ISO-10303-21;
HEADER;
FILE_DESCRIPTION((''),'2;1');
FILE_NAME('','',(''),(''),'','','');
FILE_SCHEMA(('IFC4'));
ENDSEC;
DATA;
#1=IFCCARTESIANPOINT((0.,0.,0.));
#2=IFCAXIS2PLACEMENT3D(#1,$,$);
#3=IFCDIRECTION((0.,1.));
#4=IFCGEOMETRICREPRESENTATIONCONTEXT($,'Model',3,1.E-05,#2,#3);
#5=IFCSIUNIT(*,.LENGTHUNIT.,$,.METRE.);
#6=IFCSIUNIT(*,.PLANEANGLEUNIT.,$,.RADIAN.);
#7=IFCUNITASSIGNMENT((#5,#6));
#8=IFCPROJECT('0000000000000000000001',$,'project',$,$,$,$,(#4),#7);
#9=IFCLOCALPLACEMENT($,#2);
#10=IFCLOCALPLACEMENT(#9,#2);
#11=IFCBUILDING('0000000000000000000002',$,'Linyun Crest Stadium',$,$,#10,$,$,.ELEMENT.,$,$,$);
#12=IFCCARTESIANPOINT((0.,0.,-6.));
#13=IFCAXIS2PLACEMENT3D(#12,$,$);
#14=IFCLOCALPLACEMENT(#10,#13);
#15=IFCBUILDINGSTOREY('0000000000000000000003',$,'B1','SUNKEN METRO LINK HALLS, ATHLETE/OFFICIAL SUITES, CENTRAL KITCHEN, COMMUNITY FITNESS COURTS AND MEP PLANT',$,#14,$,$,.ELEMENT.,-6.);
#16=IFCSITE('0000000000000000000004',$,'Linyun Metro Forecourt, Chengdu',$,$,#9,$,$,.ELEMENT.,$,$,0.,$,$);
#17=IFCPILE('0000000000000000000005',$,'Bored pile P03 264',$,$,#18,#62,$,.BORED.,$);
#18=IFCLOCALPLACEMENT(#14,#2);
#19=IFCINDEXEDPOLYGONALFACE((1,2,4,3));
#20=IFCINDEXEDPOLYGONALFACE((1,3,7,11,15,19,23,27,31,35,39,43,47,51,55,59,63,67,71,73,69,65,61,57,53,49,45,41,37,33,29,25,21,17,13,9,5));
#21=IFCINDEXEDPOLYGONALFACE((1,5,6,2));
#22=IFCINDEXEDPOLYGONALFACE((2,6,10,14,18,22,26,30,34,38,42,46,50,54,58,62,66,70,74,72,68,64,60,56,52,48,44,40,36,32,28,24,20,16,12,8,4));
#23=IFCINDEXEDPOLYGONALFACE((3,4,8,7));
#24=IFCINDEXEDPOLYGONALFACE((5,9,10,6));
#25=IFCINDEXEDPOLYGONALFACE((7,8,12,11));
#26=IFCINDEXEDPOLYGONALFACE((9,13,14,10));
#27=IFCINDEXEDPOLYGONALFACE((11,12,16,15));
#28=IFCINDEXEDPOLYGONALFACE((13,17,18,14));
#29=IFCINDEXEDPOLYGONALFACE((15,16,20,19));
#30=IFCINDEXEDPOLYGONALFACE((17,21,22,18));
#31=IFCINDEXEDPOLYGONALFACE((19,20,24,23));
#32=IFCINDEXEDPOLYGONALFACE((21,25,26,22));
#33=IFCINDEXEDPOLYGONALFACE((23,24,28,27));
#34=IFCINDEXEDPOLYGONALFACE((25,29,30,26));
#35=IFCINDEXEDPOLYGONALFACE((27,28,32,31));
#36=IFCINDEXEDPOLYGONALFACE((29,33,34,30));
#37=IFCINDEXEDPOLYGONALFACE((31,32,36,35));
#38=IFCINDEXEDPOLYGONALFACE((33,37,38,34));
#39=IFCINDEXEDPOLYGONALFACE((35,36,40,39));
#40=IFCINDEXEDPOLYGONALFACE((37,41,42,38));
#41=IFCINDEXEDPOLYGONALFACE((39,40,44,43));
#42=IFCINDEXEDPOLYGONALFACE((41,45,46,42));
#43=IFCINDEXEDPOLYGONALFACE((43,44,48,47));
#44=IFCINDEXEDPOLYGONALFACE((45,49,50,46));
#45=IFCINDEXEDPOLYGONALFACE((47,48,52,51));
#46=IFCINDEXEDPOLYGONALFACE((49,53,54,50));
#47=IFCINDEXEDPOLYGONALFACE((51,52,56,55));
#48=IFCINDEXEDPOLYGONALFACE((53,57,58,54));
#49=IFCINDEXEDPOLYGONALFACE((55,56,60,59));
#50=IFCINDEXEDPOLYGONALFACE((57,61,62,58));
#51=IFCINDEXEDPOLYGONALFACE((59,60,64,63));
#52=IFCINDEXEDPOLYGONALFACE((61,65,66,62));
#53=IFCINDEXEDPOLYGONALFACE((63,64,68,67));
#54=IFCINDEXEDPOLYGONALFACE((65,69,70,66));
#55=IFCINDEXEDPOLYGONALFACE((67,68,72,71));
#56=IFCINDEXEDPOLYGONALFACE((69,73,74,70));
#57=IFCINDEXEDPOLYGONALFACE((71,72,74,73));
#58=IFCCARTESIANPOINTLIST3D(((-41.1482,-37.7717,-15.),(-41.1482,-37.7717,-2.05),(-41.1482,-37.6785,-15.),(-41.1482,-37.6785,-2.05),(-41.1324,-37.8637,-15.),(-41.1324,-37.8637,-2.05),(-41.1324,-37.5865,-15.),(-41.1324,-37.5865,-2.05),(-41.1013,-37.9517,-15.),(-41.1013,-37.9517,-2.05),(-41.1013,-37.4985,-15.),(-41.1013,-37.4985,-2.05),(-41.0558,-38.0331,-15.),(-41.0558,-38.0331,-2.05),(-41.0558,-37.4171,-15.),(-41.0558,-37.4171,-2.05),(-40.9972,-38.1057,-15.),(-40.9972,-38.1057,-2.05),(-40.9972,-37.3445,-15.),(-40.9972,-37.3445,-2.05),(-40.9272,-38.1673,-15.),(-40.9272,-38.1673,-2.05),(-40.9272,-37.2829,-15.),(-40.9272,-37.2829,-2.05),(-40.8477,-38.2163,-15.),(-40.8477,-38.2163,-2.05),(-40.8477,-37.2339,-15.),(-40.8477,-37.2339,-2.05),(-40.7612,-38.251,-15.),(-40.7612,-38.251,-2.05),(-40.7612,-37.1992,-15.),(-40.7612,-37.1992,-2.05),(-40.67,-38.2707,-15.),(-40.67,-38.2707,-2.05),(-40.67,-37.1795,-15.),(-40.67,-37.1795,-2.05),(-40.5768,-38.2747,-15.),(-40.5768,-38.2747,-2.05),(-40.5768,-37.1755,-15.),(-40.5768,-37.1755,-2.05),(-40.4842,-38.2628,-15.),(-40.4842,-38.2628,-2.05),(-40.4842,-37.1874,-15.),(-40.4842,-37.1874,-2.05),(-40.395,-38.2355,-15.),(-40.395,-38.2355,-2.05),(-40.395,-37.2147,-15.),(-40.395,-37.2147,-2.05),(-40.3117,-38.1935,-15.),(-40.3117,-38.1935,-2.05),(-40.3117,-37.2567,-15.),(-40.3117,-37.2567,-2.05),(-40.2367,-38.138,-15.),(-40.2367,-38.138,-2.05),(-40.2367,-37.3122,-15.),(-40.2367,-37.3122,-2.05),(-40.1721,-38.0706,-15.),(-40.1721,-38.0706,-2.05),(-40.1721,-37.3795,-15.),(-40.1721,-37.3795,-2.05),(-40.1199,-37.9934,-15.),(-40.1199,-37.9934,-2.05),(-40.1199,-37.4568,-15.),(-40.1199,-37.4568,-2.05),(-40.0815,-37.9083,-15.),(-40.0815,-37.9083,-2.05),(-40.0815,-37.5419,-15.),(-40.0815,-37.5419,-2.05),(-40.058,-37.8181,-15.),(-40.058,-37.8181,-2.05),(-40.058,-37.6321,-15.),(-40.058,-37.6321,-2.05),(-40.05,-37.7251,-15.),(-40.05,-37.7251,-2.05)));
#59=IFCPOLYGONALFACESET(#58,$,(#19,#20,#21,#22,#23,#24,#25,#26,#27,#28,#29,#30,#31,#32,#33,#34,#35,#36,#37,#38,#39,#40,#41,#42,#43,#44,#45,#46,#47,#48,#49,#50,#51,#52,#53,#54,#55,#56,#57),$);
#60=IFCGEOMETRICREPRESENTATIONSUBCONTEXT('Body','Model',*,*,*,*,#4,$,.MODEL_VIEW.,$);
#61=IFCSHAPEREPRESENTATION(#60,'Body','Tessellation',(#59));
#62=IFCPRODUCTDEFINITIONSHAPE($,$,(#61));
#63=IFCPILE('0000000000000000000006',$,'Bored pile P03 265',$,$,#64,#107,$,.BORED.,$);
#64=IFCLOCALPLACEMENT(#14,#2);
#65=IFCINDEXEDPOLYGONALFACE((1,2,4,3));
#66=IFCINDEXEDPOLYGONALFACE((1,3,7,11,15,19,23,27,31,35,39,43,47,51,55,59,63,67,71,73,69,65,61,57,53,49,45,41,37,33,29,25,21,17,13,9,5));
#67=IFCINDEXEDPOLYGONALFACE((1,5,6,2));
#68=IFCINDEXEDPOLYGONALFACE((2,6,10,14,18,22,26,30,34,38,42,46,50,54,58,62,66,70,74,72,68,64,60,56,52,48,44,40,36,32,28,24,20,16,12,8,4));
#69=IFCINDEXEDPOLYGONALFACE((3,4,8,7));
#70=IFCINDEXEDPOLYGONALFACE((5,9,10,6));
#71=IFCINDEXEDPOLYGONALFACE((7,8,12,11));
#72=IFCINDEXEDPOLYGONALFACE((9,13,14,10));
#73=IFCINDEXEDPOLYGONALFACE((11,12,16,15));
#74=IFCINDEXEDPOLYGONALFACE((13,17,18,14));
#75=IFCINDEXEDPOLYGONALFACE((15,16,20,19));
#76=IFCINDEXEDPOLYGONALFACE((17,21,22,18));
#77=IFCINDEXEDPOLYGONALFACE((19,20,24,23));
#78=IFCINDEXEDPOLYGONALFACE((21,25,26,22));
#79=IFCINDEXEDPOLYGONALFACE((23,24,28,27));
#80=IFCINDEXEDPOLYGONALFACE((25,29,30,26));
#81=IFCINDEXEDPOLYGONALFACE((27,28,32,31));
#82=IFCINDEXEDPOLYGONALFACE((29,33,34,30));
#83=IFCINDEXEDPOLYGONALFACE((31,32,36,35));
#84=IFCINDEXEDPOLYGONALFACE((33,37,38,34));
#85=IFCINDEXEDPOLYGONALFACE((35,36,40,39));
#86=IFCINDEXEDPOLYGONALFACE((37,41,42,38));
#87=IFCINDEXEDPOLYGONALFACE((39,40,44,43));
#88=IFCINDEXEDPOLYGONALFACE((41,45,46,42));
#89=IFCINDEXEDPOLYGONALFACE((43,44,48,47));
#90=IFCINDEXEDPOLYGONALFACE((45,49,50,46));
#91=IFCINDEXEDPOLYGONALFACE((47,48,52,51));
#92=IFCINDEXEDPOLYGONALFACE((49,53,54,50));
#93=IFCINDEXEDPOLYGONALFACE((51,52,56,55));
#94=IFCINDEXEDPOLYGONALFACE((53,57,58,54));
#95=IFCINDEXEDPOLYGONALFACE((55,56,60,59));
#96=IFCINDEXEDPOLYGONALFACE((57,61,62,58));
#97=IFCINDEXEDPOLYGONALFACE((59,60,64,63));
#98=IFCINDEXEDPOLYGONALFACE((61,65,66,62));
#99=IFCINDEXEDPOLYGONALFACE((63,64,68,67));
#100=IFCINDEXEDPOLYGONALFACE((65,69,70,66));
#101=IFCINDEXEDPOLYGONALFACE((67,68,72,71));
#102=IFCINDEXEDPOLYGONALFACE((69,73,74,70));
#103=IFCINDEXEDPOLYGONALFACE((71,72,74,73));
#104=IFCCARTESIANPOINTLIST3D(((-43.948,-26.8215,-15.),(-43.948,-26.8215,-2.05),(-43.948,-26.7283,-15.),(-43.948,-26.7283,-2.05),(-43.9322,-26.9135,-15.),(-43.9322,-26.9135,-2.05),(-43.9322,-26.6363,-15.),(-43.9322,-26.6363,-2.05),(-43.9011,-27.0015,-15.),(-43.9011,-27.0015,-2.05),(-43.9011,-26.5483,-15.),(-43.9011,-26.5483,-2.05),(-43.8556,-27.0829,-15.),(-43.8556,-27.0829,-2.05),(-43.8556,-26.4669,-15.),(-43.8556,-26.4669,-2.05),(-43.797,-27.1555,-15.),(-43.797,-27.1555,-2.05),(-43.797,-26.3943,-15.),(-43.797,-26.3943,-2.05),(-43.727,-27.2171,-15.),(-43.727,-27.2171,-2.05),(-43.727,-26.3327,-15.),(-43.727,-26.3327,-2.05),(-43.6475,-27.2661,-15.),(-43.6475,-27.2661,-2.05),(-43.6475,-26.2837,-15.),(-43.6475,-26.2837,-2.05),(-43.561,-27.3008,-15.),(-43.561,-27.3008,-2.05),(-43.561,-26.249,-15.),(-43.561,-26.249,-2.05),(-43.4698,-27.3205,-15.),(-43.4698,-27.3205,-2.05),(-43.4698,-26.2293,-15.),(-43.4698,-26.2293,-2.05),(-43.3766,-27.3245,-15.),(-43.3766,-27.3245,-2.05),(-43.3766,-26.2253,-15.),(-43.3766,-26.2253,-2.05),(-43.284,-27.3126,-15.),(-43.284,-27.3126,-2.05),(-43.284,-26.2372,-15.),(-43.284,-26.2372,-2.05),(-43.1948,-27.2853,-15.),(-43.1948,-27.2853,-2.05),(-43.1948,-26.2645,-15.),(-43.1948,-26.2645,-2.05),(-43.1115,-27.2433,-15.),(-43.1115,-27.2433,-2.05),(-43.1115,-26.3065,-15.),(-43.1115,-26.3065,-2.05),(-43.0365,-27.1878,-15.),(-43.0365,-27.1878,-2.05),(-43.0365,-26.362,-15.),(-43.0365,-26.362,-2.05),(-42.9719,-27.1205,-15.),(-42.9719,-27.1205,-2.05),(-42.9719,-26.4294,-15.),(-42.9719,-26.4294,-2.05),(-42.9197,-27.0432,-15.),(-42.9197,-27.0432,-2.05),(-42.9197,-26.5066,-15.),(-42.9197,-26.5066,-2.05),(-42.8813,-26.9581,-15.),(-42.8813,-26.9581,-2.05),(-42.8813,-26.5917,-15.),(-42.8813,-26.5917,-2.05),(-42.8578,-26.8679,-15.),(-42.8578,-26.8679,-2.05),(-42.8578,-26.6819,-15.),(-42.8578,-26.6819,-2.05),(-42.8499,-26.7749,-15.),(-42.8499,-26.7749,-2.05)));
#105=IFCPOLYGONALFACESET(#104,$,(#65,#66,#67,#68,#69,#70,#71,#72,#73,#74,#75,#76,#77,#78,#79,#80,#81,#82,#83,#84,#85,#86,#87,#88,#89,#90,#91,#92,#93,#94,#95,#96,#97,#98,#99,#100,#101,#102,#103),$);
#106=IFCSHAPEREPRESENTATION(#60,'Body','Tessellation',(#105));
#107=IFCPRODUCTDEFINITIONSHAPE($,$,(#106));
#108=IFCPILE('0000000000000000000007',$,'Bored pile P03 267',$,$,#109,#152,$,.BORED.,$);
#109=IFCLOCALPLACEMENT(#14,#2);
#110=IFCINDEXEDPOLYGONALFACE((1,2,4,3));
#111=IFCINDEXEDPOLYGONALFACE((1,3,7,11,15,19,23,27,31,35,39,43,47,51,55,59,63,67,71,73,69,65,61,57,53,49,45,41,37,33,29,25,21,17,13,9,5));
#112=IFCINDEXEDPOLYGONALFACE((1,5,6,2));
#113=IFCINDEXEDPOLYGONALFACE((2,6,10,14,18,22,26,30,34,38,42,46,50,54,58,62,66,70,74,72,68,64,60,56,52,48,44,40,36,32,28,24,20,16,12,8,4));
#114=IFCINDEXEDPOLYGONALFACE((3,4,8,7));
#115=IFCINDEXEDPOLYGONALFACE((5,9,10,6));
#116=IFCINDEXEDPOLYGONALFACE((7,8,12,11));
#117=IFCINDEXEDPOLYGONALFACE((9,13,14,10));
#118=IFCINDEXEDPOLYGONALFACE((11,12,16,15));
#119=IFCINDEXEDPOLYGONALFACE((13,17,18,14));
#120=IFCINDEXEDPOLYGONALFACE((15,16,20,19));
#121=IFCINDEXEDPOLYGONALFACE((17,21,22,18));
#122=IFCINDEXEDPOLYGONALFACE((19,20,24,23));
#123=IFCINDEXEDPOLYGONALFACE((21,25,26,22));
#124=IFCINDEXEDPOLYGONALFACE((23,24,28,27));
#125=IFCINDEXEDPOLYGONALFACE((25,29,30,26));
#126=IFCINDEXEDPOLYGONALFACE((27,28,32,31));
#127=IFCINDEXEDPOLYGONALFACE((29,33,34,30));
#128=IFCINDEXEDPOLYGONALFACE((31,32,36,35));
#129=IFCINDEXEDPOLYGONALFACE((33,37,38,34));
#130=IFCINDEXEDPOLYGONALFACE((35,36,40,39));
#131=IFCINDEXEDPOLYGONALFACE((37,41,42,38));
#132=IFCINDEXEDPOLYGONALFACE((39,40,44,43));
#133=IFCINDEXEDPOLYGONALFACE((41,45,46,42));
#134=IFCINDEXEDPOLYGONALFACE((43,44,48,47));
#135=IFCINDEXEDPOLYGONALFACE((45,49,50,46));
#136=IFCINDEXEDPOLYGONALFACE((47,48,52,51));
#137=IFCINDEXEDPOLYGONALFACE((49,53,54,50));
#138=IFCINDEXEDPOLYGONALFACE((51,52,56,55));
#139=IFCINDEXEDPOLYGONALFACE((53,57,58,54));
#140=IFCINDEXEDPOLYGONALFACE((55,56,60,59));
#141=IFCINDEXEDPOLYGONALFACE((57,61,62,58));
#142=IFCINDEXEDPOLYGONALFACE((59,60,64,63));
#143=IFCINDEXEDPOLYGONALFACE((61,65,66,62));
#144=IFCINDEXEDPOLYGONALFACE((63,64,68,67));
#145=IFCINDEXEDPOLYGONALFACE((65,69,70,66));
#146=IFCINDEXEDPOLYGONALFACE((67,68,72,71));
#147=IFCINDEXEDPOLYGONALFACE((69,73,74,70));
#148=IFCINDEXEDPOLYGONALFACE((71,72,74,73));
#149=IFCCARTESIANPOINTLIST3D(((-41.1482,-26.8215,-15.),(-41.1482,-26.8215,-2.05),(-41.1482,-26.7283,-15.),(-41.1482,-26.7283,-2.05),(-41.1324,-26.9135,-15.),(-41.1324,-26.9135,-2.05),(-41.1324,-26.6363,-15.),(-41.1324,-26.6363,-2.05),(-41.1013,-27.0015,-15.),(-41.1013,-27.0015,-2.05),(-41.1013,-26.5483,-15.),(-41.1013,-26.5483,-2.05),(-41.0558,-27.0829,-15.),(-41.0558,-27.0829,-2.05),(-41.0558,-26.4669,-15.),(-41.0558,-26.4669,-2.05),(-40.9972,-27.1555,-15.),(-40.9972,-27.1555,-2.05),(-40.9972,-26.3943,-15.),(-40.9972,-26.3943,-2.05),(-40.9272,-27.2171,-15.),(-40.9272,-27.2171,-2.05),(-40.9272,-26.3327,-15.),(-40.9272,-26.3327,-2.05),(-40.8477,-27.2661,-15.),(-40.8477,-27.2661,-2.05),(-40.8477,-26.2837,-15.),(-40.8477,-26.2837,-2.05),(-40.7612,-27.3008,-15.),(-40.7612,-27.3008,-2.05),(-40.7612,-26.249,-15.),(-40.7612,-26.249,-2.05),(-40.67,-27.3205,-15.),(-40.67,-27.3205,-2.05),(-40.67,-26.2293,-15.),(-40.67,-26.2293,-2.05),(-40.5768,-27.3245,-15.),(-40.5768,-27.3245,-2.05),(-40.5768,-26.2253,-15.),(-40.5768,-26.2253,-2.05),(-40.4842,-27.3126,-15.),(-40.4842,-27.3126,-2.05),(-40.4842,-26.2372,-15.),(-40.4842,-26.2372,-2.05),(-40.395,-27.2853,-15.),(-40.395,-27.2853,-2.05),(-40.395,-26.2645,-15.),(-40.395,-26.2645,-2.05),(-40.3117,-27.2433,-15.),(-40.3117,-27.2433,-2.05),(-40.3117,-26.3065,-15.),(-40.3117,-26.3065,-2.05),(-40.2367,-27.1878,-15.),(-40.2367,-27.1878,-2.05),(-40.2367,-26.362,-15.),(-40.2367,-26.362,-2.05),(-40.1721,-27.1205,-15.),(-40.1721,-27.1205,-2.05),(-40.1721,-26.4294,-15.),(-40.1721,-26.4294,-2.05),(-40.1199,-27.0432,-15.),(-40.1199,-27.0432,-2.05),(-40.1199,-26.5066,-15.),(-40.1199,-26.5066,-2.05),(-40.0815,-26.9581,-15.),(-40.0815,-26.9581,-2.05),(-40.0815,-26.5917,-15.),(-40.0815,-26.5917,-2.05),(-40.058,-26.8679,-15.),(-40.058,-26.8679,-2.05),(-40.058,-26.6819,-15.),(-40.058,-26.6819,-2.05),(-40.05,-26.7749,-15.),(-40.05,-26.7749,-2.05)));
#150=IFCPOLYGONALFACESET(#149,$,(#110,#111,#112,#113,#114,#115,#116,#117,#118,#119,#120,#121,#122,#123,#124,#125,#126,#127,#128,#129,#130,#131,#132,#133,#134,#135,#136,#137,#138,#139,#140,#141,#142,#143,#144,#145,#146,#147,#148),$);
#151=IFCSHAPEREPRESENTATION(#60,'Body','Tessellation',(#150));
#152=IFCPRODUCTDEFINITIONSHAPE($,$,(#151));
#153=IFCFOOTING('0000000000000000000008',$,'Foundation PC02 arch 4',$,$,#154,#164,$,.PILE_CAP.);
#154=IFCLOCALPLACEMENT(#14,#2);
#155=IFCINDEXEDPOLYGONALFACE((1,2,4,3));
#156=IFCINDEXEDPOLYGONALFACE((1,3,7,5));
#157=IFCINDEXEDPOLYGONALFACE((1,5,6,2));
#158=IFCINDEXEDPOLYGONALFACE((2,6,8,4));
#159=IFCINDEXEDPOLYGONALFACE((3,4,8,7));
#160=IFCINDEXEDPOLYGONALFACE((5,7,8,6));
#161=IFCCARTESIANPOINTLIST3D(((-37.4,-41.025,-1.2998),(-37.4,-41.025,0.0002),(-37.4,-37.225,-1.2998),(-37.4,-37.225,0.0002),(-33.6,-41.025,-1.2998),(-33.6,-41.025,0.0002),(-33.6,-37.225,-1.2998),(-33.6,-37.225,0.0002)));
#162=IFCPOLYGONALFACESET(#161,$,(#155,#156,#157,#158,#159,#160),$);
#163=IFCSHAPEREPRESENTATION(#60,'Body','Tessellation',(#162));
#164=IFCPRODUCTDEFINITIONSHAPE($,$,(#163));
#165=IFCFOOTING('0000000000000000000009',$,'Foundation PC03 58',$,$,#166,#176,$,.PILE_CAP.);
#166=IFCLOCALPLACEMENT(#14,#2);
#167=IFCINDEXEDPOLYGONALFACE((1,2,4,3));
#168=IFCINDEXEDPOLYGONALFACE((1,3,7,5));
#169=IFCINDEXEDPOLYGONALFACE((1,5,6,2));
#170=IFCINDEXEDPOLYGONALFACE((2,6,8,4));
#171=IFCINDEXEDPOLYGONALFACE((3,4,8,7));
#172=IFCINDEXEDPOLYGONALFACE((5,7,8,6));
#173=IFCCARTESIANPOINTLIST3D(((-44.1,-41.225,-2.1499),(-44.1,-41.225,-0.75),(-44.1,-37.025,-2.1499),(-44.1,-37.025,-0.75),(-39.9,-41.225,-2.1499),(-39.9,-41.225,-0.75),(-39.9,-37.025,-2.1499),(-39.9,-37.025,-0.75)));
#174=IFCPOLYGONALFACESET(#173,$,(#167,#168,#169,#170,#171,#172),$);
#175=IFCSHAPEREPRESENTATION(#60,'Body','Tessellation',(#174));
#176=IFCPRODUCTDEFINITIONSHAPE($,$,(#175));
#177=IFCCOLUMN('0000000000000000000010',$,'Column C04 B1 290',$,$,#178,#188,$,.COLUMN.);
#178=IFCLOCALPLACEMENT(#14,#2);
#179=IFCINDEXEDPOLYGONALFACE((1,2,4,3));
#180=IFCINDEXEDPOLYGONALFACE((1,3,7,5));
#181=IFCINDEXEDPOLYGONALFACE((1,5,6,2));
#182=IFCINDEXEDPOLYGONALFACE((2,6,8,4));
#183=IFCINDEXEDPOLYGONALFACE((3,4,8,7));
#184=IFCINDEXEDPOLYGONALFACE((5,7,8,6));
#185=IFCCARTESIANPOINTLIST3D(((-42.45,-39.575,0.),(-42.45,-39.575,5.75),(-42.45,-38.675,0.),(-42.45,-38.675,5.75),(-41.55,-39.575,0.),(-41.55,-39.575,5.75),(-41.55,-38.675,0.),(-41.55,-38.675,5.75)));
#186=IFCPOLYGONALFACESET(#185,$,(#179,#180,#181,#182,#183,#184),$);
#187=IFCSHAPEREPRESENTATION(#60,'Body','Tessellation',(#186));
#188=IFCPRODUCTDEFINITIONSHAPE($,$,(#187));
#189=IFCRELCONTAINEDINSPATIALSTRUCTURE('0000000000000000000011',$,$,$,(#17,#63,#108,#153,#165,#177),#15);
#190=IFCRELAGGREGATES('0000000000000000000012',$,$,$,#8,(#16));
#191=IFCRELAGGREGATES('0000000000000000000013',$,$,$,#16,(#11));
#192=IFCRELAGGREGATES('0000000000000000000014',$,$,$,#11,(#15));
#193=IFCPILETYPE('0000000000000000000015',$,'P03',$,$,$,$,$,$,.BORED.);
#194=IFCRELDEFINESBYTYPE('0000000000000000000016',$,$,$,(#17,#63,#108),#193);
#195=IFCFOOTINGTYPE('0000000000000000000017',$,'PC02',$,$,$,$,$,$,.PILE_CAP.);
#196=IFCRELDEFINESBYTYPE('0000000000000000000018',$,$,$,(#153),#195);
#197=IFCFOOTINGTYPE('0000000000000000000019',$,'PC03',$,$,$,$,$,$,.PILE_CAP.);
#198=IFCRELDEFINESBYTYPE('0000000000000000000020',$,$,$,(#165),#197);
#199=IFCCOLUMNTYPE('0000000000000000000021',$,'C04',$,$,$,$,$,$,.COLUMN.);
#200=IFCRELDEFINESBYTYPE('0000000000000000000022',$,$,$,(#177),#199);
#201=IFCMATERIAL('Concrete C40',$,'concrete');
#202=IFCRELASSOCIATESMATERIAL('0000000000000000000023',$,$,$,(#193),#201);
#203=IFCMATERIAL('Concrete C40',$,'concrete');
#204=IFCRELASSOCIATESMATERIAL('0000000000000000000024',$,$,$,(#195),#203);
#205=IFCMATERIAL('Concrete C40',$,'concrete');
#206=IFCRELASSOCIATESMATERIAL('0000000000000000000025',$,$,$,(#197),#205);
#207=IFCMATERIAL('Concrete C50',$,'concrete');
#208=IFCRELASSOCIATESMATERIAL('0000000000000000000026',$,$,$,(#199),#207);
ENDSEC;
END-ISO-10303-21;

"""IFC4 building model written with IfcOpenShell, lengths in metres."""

from ifc_helpers import new_model, si_unit, direction, frame, origin, origin_2d, place, context, subcontext, project, spatial, rectangle, circle, extrude, material, material_profile, profile_set, type_object, element, save


model = new_model("IFC4")

# Units and contexts
model_context = context("Model", 3, precision=1e-05, world=origin(), true_north=direction((0.0, 1.0)))
body_context = subcontext(model_context, "Body", "Model", "MODEL_VIEW")
ifc_project = project(units=[si_unit("LENGTHUNIT", "METRE"), si_unit("PLANEANGLEUNIT", "RADIAN")], contexts=[model_context])

# Site, building, storey
site_placement = place(None, origin())
site = spatial("IfcSite", under=ifc_project, at=site_placement, Name="Linyun Metro Forecourt, Chengdu", CompositionType="ELEMENT", RefElevation=0.0)
building_placement = place(site_placement, origin())
building = spatial("IfcBuilding", under=site, at=building_placement, Name="Linyun Crest Stadium", CompositionType="ELEMENT")
storey_placement = place(building_placement, frame((0.0, 0.0, -6.0)))
storey = spatial("IfcBuildingStorey", under=building, at=storey_placement, Name="B1", Description="SUNKEN METRO LINK HALLS, ATHLETE/OFFICIAL SUITES, CENTRAL KITCHEN, COMMUNITY FITNESS COURTS AND MEP PLANT", CompositionType="ELEMENT", Elevation=-6.0)

# Piles
ifc_material_1 = material(Name="Concrete C40", Category="concrete")
ifc_material_profile_1 = material_profile(ifc_material_1, circle(Radius=0.55, at=origin_2d()), Name="BORED PILE 1100")
ifc_profile_set_1 = profile_set([ifc_material_profile_1], Name="Concrete C40")
pile_type_1 = type_object("IfcPileType", Name="P03", PredefinedType="BORED", material=ifc_profile_set_1)
for number, where, z_axis, x_axis, name in (
    (1, (-40.6001, -37.7251, -2.05), (0.0, 0.0, -1.0), (1.0, 0.0, 0.0), "Bored pile P03 264"),
    (2, (-43.3999, -26.7749, -2.05), (0.0, 0.0, -1.0), (1.0, 0.0, 0.0), "Bored pile P03 265"),
    (3, (-40.6001, -26.7749, -2.05), (0.0, 0.0, -1.0), (1.0, 0.0, 0.0), "Bored pile P03 267"),
):
    element("IfcPile", number, at=place(storey_placement, frame(where, z_axis=z_axis, x_axis=x_axis)), inside=storey, type_object=pile_type_1, Name=name, PredefinedType="BORED", context=body_context, shape_type="SweptSolid", body=[
        extrude(circle(Radius=0.55, at=origin_2d()), origin(), (0.0, 0.0, 1.0), 12.95),
    ])

# Footings
ifc_material_2 = material(Name="Concrete C40", Category="concrete")
footing_type_1 = type_object("IfcFootingType", Name="PC02", PredefinedType="PILE_CAP", material=ifc_material_2)
footing_1_placement = place(storey_placement, frame((-35.5, -39.125, -1.2998), z_axis=(0.0, 0.0, 1.0), x_axis=(1.0, 0.0, 0.0)))
element("IfcFooting", 4, at=footing_1_placement, inside=storey, type_object=footing_type_1, Name="Foundation PC02 arch 4", PredefinedType="PILE_CAP", context=body_context, shape_type="SweptSolid", body=[
    extrude(rectangle(XDim=3.8, YDim=3.8, at=origin_2d()), origin(), (0.0, 0.0, 1.0), 1.3),
])
ifc_material_3 = material(Name="Concrete C40", Category="concrete")
footing_type_2 = type_object("IfcFootingType", Name="PC03", PredefinedType="PILE_CAP", material=ifc_material_3)
footing_2_placement = place(storey_placement, frame((-42.0, -39.125, -2.1499), z_axis=(0.0, 0.0, 1.0), x_axis=(1.0, 0.0, 0.0)))
element("IfcFooting", 5, at=footing_2_placement, inside=storey, type_object=footing_type_2, Name="Foundation PC03 58", PredefinedType="PILE_CAP", context=body_context, shape_type="SweptSolid", body=[
    extrude(rectangle(XDim=4.2, YDim=4.2, at=origin_2d()), origin(), (0.0, 0.0, 1.0), 1.3999),
])

# Column
ifc_material_4 = material(Name="Concrete C50", Category="concrete")
ifc_material_profile_2 = material_profile(ifc_material_4, rectangle(XDim=0.8999, YDim=0.8999, at=origin_2d()), Name="RC 900x900")
ifc_profile_set_2 = profile_set([ifc_material_profile_2], Name="Concrete C50")
column_type_1 = type_object("IfcColumnType", Name="C04", PredefinedType="COLUMN", material=ifc_profile_set_2)
column_1_placement = place(storey_placement, frame((-42.0, -39.125, 0.0), z_axis=(0.0, 0.0, 1.0), x_axis=(1.0, 0.0, 0.0)))
element("IfcColumn", 6, at=column_1_placement, inside=storey, type_object=column_type_1, Name="Column C04 B1 290", PredefinedType="COLUMN", context=body_context, shape_type="SweptSolid", body=[
    extrude(rectangle(XDim=0.8999, YDim=0.8999, at=origin_2d()), origin(), (0.0, 0.0, 1.0), 5.75),
])

save(model, "model.ifc")
